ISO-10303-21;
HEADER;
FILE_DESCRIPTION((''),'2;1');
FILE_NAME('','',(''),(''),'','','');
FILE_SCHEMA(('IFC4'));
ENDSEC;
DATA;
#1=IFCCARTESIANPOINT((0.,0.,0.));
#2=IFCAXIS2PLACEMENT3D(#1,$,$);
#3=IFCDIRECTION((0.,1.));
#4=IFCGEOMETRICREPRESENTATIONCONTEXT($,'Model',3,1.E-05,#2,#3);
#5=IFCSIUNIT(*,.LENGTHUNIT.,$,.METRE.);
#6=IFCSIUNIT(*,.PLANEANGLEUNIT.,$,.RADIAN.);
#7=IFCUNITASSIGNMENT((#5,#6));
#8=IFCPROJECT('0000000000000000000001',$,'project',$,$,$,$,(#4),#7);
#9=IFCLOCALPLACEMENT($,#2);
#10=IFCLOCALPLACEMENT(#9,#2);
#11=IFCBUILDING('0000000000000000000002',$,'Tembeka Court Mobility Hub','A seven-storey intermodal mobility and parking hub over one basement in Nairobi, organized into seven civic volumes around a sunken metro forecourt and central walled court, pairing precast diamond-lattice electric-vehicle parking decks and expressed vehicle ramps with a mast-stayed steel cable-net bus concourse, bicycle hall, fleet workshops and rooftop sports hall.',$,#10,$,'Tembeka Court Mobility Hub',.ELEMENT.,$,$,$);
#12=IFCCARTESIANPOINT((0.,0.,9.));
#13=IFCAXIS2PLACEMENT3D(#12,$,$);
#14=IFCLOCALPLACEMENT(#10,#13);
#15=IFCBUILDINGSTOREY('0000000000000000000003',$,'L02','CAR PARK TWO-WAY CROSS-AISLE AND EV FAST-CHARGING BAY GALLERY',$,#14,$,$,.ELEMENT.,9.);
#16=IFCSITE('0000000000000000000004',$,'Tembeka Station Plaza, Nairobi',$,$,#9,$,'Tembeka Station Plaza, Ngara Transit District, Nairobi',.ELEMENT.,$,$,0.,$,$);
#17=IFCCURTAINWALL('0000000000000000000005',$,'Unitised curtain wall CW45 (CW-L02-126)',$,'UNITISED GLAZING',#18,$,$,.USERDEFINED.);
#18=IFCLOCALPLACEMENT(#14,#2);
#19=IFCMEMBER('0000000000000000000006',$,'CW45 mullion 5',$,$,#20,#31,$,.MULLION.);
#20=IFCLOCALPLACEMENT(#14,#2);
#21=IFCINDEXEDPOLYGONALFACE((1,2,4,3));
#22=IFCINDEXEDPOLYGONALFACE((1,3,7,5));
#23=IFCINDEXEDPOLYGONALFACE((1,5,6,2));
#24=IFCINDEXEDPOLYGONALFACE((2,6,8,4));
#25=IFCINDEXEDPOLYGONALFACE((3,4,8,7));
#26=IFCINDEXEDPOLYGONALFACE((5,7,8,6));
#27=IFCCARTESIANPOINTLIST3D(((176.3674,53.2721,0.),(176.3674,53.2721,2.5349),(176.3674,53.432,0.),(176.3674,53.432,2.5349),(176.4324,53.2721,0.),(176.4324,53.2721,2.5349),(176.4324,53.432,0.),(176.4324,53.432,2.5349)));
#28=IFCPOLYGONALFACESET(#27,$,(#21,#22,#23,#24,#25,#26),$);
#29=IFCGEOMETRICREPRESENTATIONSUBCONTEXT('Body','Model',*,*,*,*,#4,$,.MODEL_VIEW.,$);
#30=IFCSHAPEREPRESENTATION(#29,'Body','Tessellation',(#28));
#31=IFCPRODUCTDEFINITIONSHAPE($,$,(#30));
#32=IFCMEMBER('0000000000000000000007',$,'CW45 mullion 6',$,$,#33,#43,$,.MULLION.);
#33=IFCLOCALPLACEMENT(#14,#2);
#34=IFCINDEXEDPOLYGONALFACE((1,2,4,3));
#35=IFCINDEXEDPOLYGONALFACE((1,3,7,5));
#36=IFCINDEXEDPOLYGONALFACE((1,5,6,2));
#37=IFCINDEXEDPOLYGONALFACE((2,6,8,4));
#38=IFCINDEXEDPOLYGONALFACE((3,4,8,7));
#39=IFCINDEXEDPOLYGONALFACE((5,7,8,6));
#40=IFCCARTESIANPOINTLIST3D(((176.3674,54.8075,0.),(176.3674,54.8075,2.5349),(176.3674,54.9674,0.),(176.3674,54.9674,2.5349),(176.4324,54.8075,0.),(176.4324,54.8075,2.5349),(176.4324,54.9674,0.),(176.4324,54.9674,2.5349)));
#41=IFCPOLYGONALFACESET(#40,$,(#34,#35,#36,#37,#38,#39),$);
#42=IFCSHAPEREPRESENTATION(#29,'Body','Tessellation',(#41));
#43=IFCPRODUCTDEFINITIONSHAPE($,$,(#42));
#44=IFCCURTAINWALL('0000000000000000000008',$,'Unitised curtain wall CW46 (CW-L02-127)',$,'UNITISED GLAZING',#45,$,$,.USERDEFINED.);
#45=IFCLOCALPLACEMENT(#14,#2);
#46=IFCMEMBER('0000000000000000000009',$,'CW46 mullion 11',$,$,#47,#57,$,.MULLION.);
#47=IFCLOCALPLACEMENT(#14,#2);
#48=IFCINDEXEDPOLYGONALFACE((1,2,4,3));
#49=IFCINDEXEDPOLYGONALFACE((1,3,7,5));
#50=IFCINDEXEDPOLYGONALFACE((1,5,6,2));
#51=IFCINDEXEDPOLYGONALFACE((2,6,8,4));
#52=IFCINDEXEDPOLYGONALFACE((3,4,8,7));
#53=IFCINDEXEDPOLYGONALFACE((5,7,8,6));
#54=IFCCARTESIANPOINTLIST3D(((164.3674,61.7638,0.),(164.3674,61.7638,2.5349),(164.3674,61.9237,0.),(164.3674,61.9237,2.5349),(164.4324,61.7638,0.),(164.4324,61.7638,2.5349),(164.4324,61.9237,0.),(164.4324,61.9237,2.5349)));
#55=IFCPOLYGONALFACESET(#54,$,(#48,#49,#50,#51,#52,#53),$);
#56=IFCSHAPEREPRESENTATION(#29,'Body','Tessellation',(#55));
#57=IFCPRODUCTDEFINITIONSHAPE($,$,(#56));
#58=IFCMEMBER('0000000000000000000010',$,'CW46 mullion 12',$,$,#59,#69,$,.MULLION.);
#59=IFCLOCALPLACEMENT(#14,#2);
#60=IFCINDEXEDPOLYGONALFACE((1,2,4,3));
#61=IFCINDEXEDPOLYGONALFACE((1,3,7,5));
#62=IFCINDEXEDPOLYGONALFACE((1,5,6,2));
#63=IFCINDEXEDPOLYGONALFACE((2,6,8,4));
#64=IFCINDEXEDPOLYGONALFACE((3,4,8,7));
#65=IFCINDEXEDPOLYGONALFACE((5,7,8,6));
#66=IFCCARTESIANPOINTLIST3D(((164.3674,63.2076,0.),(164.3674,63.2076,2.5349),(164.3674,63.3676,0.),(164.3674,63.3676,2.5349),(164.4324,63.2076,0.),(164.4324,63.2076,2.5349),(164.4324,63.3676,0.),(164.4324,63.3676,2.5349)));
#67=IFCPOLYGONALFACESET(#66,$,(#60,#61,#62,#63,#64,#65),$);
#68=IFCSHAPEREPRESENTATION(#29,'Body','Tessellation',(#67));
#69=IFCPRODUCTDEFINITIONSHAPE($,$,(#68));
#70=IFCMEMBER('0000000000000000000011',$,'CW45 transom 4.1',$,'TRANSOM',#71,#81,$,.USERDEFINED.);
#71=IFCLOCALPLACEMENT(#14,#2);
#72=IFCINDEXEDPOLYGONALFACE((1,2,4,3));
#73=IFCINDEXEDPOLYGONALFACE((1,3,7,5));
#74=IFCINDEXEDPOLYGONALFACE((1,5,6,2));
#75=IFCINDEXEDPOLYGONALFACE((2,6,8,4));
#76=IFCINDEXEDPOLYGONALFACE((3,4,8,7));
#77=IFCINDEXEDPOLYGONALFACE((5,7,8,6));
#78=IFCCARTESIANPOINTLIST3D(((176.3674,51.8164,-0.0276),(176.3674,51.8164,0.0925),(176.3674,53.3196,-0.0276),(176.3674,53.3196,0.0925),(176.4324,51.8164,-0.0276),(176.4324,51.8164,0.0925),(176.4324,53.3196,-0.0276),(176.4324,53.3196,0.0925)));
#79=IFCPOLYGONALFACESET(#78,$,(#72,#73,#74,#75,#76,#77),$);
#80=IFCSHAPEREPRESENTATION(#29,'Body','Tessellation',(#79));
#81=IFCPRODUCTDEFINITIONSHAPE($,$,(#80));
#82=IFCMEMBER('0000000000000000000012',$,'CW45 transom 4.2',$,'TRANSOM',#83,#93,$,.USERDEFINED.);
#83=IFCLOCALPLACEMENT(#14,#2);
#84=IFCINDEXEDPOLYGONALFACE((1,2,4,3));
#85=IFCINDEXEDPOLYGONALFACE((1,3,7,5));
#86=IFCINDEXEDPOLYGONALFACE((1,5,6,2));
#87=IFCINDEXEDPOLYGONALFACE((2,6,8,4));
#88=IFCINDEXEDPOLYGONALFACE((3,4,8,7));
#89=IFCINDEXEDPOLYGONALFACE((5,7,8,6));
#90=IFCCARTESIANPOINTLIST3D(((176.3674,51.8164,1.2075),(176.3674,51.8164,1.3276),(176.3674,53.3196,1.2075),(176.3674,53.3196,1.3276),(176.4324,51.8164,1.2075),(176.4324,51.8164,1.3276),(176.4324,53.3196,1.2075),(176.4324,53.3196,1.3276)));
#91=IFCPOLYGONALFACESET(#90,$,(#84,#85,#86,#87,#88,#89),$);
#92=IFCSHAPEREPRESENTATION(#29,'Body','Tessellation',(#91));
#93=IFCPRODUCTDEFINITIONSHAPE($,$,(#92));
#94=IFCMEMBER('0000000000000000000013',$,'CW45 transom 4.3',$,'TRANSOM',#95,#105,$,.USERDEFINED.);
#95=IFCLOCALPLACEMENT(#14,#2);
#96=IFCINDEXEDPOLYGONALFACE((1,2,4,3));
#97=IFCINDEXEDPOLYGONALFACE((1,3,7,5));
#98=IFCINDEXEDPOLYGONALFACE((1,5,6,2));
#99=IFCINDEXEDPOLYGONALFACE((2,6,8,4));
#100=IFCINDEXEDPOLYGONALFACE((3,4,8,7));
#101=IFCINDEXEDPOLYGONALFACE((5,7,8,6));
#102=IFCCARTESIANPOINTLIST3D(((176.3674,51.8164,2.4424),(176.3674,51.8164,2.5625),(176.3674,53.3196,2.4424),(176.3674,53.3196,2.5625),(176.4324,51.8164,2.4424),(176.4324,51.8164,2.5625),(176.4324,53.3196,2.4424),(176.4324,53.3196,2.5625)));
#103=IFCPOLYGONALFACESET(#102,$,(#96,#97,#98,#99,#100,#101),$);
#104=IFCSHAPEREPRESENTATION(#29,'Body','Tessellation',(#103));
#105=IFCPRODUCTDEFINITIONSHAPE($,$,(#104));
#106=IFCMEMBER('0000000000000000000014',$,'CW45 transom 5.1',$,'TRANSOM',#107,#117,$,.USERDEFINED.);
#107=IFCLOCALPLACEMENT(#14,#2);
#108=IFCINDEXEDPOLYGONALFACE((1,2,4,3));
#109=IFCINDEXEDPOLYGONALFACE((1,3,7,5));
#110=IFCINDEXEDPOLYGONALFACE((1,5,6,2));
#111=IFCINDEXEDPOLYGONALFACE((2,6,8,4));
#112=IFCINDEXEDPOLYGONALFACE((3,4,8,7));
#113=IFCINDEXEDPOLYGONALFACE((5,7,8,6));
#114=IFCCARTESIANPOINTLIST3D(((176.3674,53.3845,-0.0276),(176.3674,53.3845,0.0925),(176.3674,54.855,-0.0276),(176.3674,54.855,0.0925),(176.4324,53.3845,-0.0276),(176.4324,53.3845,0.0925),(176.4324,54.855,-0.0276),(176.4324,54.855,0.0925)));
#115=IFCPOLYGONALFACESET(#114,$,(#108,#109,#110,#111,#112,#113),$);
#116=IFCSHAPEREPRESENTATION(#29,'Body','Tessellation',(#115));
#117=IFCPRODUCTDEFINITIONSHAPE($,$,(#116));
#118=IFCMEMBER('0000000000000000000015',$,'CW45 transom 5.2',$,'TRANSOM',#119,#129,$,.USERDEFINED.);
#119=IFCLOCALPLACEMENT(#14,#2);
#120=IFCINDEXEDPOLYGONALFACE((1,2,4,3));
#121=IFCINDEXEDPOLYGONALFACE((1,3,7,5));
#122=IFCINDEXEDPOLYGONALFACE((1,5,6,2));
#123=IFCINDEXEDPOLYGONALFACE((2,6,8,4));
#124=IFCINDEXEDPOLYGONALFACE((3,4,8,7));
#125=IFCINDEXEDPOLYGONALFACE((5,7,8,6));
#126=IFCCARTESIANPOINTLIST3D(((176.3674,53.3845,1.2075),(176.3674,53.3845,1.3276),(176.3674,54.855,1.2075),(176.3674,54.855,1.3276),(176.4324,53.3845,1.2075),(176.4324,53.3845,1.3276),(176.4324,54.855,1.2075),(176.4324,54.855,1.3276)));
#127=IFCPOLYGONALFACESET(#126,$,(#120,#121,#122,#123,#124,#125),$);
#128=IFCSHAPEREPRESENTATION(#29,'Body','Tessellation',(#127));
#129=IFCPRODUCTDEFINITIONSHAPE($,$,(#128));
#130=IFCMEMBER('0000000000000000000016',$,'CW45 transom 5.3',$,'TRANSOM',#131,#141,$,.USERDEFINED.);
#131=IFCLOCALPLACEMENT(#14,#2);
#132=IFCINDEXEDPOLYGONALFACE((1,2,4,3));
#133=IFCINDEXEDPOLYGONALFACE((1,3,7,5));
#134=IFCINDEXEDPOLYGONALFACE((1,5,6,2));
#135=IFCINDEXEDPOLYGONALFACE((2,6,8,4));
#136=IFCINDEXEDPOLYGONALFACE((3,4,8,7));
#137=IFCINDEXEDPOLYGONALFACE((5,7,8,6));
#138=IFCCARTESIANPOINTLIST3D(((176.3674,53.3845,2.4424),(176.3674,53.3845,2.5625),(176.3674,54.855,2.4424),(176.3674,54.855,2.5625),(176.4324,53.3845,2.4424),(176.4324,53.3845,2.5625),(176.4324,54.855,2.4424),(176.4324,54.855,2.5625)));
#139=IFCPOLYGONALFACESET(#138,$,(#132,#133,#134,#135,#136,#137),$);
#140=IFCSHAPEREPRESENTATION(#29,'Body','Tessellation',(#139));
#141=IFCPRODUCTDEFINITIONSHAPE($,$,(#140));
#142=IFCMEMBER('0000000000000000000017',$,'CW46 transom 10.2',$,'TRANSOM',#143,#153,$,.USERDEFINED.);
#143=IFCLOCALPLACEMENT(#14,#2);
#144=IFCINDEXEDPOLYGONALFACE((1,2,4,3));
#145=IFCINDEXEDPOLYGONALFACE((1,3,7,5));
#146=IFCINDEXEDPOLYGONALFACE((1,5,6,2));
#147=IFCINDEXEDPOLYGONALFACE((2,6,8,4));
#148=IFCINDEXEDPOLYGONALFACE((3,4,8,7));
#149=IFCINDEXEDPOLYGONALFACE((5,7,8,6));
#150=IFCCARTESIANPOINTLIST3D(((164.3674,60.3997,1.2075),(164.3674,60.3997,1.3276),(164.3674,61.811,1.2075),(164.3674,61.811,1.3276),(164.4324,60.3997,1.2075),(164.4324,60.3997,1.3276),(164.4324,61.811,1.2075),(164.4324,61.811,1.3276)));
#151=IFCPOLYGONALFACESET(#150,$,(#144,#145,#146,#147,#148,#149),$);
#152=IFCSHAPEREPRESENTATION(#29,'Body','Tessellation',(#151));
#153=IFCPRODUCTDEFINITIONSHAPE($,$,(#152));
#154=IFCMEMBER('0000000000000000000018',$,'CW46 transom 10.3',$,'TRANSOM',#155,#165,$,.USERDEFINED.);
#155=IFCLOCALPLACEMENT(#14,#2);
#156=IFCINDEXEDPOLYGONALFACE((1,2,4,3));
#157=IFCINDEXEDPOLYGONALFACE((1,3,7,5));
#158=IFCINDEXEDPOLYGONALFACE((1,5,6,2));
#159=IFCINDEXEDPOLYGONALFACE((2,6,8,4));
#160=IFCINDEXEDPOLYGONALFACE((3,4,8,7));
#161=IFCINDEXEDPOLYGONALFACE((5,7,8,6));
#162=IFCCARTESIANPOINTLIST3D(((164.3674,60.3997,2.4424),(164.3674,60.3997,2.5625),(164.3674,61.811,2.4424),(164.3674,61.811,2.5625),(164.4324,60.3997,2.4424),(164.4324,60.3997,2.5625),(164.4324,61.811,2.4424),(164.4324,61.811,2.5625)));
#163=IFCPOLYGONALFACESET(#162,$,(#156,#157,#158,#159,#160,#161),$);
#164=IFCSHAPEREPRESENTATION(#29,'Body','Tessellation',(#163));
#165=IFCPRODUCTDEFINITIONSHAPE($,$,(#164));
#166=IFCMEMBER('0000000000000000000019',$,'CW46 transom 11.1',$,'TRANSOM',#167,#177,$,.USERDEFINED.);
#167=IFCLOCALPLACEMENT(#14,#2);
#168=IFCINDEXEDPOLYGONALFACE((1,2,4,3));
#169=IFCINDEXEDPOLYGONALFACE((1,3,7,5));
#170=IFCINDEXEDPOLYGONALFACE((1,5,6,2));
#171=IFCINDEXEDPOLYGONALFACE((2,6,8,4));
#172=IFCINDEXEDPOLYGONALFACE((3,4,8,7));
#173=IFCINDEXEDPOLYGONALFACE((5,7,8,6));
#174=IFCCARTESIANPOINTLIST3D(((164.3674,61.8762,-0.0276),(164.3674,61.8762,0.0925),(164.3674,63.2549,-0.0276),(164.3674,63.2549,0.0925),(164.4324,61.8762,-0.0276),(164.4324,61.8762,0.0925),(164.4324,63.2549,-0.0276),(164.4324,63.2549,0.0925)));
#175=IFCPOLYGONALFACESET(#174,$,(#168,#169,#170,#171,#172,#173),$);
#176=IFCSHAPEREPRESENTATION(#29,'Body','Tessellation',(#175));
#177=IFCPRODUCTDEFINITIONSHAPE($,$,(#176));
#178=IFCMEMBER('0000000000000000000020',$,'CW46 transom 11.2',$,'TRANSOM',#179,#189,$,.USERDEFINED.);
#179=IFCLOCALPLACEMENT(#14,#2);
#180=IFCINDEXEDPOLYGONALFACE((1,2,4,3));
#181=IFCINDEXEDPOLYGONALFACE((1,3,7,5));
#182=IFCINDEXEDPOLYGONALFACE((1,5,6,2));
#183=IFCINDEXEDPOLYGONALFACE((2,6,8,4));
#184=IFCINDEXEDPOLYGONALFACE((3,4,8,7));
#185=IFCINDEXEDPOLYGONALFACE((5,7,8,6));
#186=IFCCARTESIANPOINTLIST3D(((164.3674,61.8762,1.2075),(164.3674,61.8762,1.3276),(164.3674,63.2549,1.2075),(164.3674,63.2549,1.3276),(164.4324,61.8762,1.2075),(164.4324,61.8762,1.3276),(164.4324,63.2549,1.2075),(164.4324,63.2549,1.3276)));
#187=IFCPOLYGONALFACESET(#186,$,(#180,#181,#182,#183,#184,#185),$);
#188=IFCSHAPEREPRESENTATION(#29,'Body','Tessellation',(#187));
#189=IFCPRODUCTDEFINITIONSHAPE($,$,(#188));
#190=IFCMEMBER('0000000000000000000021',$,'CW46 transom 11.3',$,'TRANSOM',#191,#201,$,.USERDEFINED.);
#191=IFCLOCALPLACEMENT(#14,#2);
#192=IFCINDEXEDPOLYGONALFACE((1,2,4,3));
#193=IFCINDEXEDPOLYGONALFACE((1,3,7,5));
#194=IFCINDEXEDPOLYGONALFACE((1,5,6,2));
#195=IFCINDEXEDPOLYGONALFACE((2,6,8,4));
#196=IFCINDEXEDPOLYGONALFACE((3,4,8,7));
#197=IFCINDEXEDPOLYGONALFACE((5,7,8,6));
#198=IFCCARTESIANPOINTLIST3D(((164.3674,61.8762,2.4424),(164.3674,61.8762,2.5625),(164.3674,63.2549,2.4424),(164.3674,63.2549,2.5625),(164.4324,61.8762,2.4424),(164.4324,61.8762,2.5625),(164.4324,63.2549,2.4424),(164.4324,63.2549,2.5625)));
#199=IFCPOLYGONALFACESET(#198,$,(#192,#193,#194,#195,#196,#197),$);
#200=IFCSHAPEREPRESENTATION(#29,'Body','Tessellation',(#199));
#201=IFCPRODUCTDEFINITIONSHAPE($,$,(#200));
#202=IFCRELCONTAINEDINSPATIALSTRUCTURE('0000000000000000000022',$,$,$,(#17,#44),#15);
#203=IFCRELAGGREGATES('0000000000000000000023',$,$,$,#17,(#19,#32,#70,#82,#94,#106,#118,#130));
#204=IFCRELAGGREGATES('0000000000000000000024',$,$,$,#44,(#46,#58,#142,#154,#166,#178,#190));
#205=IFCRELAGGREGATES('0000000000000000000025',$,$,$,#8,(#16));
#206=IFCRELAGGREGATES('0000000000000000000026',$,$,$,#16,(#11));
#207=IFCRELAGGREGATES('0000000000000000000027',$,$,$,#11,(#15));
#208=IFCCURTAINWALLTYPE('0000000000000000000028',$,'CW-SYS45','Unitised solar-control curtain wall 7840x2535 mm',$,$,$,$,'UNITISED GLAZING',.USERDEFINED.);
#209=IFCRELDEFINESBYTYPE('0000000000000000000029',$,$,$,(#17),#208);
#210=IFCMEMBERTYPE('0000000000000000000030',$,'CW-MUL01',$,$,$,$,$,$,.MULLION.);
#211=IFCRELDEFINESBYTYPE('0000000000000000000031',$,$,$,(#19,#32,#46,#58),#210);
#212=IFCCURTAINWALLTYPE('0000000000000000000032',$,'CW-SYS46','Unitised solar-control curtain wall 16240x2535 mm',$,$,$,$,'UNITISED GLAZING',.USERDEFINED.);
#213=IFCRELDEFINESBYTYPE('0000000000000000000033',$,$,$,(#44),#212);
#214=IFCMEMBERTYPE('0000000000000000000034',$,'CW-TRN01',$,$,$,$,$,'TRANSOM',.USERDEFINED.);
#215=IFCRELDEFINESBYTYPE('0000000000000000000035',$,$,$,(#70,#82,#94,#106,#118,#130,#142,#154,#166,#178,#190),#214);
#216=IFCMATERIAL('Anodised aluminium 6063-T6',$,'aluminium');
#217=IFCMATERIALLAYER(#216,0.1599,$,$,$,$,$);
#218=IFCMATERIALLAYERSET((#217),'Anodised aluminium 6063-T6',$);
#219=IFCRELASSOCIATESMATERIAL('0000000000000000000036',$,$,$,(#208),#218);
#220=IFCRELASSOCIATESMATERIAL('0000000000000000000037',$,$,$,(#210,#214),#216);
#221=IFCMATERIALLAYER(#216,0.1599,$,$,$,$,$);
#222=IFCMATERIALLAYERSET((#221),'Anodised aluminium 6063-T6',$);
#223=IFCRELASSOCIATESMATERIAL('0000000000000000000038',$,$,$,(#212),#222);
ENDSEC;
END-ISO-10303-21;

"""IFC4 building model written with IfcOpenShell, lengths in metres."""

from ifc_helpers import new_model, si_unit, direction, frame, origin, origin_2d, place, context, subcontext, project, spatial, rectangle, extrude, material, layer, layer_set, material_profile, profile_set, type_object, element, aggregate, save


model = new_model("IFC4")

# Units and contexts
model_context = context("Model", 3, precision=1e-05, world=origin(), true_north=direction((0.0, 1.0)))
body_context = subcontext(model_context, "Body", "Model", "MODEL_VIEW")
ifc_project = project(units=[si_unit("LENGTHUNIT", "METRE"), si_unit("PLANEANGLEUNIT", "RADIAN")], contexts=[model_context])

# Site, building, storey
site_placement = place(None, origin())
site = spatial("IfcSite", under=ifc_project, at=site_placement, Name="Tembeka Station Plaza, Nairobi", LongName="Tembeka Station Plaza, Ngara Transit District, Nairobi", CompositionType="ELEMENT", RefElevation=0.0)
building_placement = place(site_placement, origin())
building = spatial("IfcBuilding", under=site, at=building_placement, Name="Tembeka Court Mobility Hub", Description="A seven-storey intermodal mobility and parking hub over one basement in Nairobi, organized into seven civic volumes around a sunken metro forecourt and central walled court, pairing precast diamond-lattice electric-vehicle parking decks and expressed vehicle ramps with a mast-stayed steel cable-net bus concourse, bicycle hall, fleet workshops and rooftop sports hall.", LongName="Tembeka Court Mobility Hub", CompositionType="ELEMENT")
storey_placement = place(building_placement, frame((0.0, 0.0, 9.0)))
storey = spatial("IfcBuildingStorey", under=building, at=storey_placement, Name="L02", Description="CAR PARK TWO-WAY CROSS-AISLE AND EV FAST-CHARGING BAY GALLERY", CompositionType="ELEMENT", Elevation=9.0)

# Curtain walls, members
ifc_material_1 = material(Name="Anodised aluminium 6063-T6", Category="aluminium")
ifc_layer_1 = layer(ifc_material_1, 0.1599)
ifc_layer_set_1 = layer_set([ifc_layer_1], Name="Anodised aluminium 6063-T6")
curtain_wall_type_1 = type_object("IfcCurtainWallType", Name="CW-SYS45", Description="Unitised solar-control curtain wall 7840x2535 mm", ElementType="UNITISED GLAZING", PredefinedType="USERDEFINED", material=ifc_layer_set_1)
curtain_wall_1_placement = place(storey_placement, origin())
curtain_wall_1 = element("IfcCurtainWall", 1, at=curtain_wall_1_placement, inside=storey, type_object=curtain_wall_type_1, Name="Unitised curtain wall CW45 (CW-L02-126)", ObjectType="UNITISED GLAZING", PredefinedType="USERDEFINED")
ifc_material_profile_1 = material_profile(ifc_material_1, rectangle(XDim=0.0649, YDim=0.1599, at=origin_2d()), Name="ALU-MUL 65x160")
ifc_profile_set_1 = profile_set([ifc_material_profile_1], Name="Anodised aluminium 6063-T6")
member_type_1 = type_object("IfcMemberType", Name="CW-MUL01", PredefinedType="MULLION", material=ifc_profile_set_1)
member_1_placement = place(storey_placement, frame((176.3999, 53.3521, 0.0), z_axis=(0.0, 0.0, 1.0), x_axis=(-1.0, 0.0, 0.0)))
member_1 = element("IfcMember", 2, at=member_1_placement, type_object=member_type_1, Name="CW45 mullion 5", PredefinedType="MULLION", context=body_context, shape_type="SweptSolid", body=[
    extrude(rectangle(XDim=0.0649, YDim=0.1599, at=origin_2d()), origin(), (0.0, 0.0, 1.0), 2.5349),
])
member_2_placement = place(storey_placement, frame((176.3999, 54.8875, 0.0), z_axis=(0.0, 0.0, 1.0), x_axis=(-1.0, 0.0, 0.0)))
member_2 = element("IfcMember", 3, at=member_2_placement, type_object=member_type_1, Name="CW45 mullion 6", PredefinedType="MULLION", context=body_context, shape_type="SweptSolid", body=[
    extrude(rectangle(XDim=0.0649, YDim=0.1599, at=origin_2d()), origin(), (0.0, 0.0, 1.0), 2.5349),
])
ifc_layer_2 = layer(ifc_material_1, 0.1599)
ifc_layer_set_2 = layer_set([ifc_layer_2], Name="Anodised aluminium 6063-T6")
curtain_wall_type_2 = type_object("IfcCurtainWallType", Name="CW-SYS46", Description="Unitised solar-control curtain wall 16240x2535 mm", ElementType="UNITISED GLAZING", PredefinedType="USERDEFINED", material=ifc_layer_set_2)
curtain_wall_2_placement = place(storey_placement, origin())
curtain_wall_2 = element("IfcCurtainWall", 4, at=curtain_wall_2_placement, inside=storey, type_object=curtain_wall_type_2, Name="Unitised curtain wall CW46 (CW-L02-127)", ObjectType="UNITISED GLAZING", PredefinedType="USERDEFINED")
member_3_placement = place(storey_placement, frame((164.3999, 61.8438, 0.0), z_axis=(0.0, 0.0, 1.0), x_axis=(-1.0, 0.0, 0.0)))
member_3 = element("IfcMember", 5, at=member_3_placement, type_object=member_type_1, Name="CW46 mullion 11", PredefinedType="MULLION", context=body_context, shape_type="SweptSolid", body=[
    extrude(rectangle(XDim=0.0649, YDim=0.1599, at=origin_2d()), origin(), (0.0, 0.0, 1.0), 2.5349),
])
member_4_placement = place(storey_placement, frame((164.3999, 63.2876, 0.0), z_axis=(0.0, 0.0, 1.0), x_axis=(-1.0, 0.0, 0.0)))
member_4 = element("IfcMember", 6, at=member_4_placement, type_object=member_type_1, Name="CW46 mullion 12", PredefinedType="MULLION", context=body_context, shape_type="SweptSolid", body=[
    extrude(rectangle(XDim=0.0649, YDim=0.1599, at=origin_2d()), origin(), (0.0, 0.0, 1.0), 2.5349),
])

# Members
ifc_material_profile_2 = material_profile(ifc_material_1, rectangle(XDim=0.0649, YDim=0.1201, at=origin_2d()), Name="ALU-TRN 65x120")
ifc_profile_set_2 = profile_set([ifc_material_profile_2], Name="Anodised aluminium 6063-T6")
member_type_2 = type_object("IfcMemberType", Name="CW-TRN01", ElementType="TRANSOM", PredefinedType="USERDEFINED", material=ifc_profile_set_2)
member_5_placement = place(storey_placement, frame((176.3999, 51.8164, 0.0325), z_axis=(0.0, 1.0, 0.0), x_axis=(-1.0, 0.0, 0.0)))
member_5 = element("IfcMember", 7, at=member_5_placement, type_object=member_type_2, Name="CW45 transom 4.1", ObjectType="TRANSOM", PredefinedType="USERDEFINED", context=body_context, shape_type="SweptSolid", body=[
    extrude(rectangle(XDim=0.0649, YDim=0.1201, at=origin_2d()), origin(), (0.0, 0.0, 1.0), 1.5032),
])
member_6_placement = place(storey_placement, frame((176.3999, 51.8164, 1.2676), z_axis=(0.0, 1.0, 0.0), x_axis=(-1.0, 0.0, 0.0)))
member_6 = element("IfcMember", 8, at=member_6_placement, type_object=member_type_2, Name="CW45 transom 4.2", ObjectType="TRANSOM", PredefinedType="USERDEFINED", context=body_context, shape_type="SweptSolid", body=[
    extrude(rectangle(XDim=0.0649, YDim=0.1201, at=origin_2d()), origin(), (0.0, 0.0, 1.0), 1.5032),
])
member_7_placement = place(storey_placement, frame((176.3999, 51.8164, 2.5024), z_axis=(0.0, 1.0, 0.0), x_axis=(-1.0, 0.0, 0.0)))
member_7 = element("IfcMember", 9, at=member_7_placement, type_object=member_type_2, Name="CW45 transom 4.3", ObjectType="TRANSOM", PredefinedType="USERDEFINED", context=body_context, shape_type="SweptSolid", body=[
    extrude(rectangle(XDim=0.0649, YDim=0.1201, at=origin_2d()), origin(), (0.0, 0.0, 1.0), 1.5032),
])
member_8_placement = place(storey_placement, frame((176.3999, 53.3845, 0.0325), z_axis=(0.0, 1.0, 0.0), x_axis=(-1.0, 0.0, 0.0)))
member_8 = element("IfcMember", 10, at=member_8_placement, type_object=member_type_2, Name="CW45 transom 5.1", ObjectType="TRANSOM", PredefinedType="USERDEFINED", context=body_context, shape_type="SweptSolid", body=[
    extrude(rectangle(XDim=0.0649, YDim=0.1201, at=origin_2d()), origin(), (0.0, 0.0, 1.0), 1.4705),
])
member_9_placement = place(storey_placement, frame((176.3999, 53.3845, 1.2676), z_axis=(0.0, 1.0, 0.0), x_axis=(-1.0, 0.0, 0.0)))
member_9 = element("IfcMember", 11, at=member_9_placement, type_object=member_type_2, Name="CW45 transom 5.2", ObjectType="TRANSOM", PredefinedType="USERDEFINED", context=body_context, shape_type="SweptSolid", body=[
    extrude(rectangle(XDim=0.0649, YDim=0.1201, at=origin_2d()), origin(), (0.0, 0.0, 1.0), 1.4705),
])
member_10_placement = place(storey_placement, frame((176.3999, 53.3845, 2.5024), z_axis=(0.0, 1.0, 0.0), x_axis=(-1.0, 0.0, 0.0)))
member_10 = element("IfcMember", 12, at=member_10_placement, type_object=member_type_2, Name="CW45 transom 5.3", ObjectType="TRANSOM", PredefinedType="USERDEFINED", context=body_context, shape_type="SweptSolid", body=[
    extrude(rectangle(XDim=0.0649, YDim=0.1201, at=origin_2d()), origin(), (0.0, 0.0, 1.0), 1.4705),
])
member_11_placement = place(storey_placement, frame((164.3999, 60.3997, 1.2676), z_axis=(0.0, 1.0, 0.0), x_axis=(-1.0, 0.0, 0.0)))
member_11 = element("IfcMember", 13, at=member_11_placement, type_object=member_type_2, Name="CW46 transom 10.2", ObjectType="TRANSOM", PredefinedType="USERDEFINED", context=body_context, shape_type="SweptSolid", body=[
    extrude(rectangle(XDim=0.0649, YDim=0.1201, at=origin_2d()), origin(), (0.0, 0.0, 1.0), 1.4114),
])
member_12_placement = place(storey_placement, frame((164.3999, 60.3997, 2.5024), z_axis=(0.0, 1.0, 0.0), x_axis=(-1.0, 0.0, 0.0)))
member_12 = element("IfcMember", 14, at=member_12_placement, type_object=member_type_2, Name="CW46 transom 10.3", ObjectType="TRANSOM", PredefinedType="USERDEFINED", context=body_context, shape_type="SweptSolid", body=[
    extrude(rectangle(XDim=0.0649, YDim=0.1201, at=origin_2d()), origin(), (0.0, 0.0, 1.0), 1.4114),
])
member_13_placement = place(storey_placement, frame((164.3999, 61.8762, 0.0325), z_axis=(0.0, 1.0, 0.0), x_axis=(-1.0, 0.0, 0.0)))
member_13 = element("IfcMember", 15, at=member_13_placement, type_object=member_type_2, Name="CW46 transom 11.1", ObjectType="TRANSOM", PredefinedType="USERDEFINED", context=body_context, shape_type="SweptSolid", body=[
    extrude(rectangle(XDim=0.0649, YDim=0.1201, at=origin_2d()), origin(), (0.0, 0.0, 1.0), 1.3787),
])
member_14_placement = place(storey_placement, frame((164.3999, 61.8762, 1.2676), z_axis=(0.0, 1.0, 0.0), x_axis=(-1.0, 0.0, 0.0)))
member_14 = element("IfcMember", 16, at=member_14_placement, type_object=member_type_2, Name="CW46 transom 11.2", ObjectType="TRANSOM", PredefinedType="USERDEFINED", context=body_context, shape_type="SweptSolid", body=[
    extrude(rectangle(XDim=0.0649, YDim=0.1201, at=origin_2d()), origin(), (0.0, 0.0, 1.0), 1.3787),
])
member_15_placement = place(storey_placement, frame((164.3999, 61.8762, 2.5024), z_axis=(0.0, 1.0, 0.0), x_axis=(-1.0, 0.0, 0.0)))
member_15 = element("IfcMember", 17, at=member_15_placement, type_object=member_type_2, Name="CW46 transom 11.3", ObjectType="TRANSOM", PredefinedType="USERDEFINED", context=body_context, shape_type="SweptSolid", body=[
    extrude(rectangle(XDim=0.0649, YDim=0.1201, at=origin_2d()), origin(), (0.0, 0.0, 1.0), 1.3787),
])

aggregate(curtain_wall_1, [member_1, member_2, member_5, member_6, member_7, member_8, member_9, member_10])
aggregate(curtain_wall_2, [member_3, member_4, member_11, member_12, member_13, member_14, member_15])

save(model, "model.ifc")
